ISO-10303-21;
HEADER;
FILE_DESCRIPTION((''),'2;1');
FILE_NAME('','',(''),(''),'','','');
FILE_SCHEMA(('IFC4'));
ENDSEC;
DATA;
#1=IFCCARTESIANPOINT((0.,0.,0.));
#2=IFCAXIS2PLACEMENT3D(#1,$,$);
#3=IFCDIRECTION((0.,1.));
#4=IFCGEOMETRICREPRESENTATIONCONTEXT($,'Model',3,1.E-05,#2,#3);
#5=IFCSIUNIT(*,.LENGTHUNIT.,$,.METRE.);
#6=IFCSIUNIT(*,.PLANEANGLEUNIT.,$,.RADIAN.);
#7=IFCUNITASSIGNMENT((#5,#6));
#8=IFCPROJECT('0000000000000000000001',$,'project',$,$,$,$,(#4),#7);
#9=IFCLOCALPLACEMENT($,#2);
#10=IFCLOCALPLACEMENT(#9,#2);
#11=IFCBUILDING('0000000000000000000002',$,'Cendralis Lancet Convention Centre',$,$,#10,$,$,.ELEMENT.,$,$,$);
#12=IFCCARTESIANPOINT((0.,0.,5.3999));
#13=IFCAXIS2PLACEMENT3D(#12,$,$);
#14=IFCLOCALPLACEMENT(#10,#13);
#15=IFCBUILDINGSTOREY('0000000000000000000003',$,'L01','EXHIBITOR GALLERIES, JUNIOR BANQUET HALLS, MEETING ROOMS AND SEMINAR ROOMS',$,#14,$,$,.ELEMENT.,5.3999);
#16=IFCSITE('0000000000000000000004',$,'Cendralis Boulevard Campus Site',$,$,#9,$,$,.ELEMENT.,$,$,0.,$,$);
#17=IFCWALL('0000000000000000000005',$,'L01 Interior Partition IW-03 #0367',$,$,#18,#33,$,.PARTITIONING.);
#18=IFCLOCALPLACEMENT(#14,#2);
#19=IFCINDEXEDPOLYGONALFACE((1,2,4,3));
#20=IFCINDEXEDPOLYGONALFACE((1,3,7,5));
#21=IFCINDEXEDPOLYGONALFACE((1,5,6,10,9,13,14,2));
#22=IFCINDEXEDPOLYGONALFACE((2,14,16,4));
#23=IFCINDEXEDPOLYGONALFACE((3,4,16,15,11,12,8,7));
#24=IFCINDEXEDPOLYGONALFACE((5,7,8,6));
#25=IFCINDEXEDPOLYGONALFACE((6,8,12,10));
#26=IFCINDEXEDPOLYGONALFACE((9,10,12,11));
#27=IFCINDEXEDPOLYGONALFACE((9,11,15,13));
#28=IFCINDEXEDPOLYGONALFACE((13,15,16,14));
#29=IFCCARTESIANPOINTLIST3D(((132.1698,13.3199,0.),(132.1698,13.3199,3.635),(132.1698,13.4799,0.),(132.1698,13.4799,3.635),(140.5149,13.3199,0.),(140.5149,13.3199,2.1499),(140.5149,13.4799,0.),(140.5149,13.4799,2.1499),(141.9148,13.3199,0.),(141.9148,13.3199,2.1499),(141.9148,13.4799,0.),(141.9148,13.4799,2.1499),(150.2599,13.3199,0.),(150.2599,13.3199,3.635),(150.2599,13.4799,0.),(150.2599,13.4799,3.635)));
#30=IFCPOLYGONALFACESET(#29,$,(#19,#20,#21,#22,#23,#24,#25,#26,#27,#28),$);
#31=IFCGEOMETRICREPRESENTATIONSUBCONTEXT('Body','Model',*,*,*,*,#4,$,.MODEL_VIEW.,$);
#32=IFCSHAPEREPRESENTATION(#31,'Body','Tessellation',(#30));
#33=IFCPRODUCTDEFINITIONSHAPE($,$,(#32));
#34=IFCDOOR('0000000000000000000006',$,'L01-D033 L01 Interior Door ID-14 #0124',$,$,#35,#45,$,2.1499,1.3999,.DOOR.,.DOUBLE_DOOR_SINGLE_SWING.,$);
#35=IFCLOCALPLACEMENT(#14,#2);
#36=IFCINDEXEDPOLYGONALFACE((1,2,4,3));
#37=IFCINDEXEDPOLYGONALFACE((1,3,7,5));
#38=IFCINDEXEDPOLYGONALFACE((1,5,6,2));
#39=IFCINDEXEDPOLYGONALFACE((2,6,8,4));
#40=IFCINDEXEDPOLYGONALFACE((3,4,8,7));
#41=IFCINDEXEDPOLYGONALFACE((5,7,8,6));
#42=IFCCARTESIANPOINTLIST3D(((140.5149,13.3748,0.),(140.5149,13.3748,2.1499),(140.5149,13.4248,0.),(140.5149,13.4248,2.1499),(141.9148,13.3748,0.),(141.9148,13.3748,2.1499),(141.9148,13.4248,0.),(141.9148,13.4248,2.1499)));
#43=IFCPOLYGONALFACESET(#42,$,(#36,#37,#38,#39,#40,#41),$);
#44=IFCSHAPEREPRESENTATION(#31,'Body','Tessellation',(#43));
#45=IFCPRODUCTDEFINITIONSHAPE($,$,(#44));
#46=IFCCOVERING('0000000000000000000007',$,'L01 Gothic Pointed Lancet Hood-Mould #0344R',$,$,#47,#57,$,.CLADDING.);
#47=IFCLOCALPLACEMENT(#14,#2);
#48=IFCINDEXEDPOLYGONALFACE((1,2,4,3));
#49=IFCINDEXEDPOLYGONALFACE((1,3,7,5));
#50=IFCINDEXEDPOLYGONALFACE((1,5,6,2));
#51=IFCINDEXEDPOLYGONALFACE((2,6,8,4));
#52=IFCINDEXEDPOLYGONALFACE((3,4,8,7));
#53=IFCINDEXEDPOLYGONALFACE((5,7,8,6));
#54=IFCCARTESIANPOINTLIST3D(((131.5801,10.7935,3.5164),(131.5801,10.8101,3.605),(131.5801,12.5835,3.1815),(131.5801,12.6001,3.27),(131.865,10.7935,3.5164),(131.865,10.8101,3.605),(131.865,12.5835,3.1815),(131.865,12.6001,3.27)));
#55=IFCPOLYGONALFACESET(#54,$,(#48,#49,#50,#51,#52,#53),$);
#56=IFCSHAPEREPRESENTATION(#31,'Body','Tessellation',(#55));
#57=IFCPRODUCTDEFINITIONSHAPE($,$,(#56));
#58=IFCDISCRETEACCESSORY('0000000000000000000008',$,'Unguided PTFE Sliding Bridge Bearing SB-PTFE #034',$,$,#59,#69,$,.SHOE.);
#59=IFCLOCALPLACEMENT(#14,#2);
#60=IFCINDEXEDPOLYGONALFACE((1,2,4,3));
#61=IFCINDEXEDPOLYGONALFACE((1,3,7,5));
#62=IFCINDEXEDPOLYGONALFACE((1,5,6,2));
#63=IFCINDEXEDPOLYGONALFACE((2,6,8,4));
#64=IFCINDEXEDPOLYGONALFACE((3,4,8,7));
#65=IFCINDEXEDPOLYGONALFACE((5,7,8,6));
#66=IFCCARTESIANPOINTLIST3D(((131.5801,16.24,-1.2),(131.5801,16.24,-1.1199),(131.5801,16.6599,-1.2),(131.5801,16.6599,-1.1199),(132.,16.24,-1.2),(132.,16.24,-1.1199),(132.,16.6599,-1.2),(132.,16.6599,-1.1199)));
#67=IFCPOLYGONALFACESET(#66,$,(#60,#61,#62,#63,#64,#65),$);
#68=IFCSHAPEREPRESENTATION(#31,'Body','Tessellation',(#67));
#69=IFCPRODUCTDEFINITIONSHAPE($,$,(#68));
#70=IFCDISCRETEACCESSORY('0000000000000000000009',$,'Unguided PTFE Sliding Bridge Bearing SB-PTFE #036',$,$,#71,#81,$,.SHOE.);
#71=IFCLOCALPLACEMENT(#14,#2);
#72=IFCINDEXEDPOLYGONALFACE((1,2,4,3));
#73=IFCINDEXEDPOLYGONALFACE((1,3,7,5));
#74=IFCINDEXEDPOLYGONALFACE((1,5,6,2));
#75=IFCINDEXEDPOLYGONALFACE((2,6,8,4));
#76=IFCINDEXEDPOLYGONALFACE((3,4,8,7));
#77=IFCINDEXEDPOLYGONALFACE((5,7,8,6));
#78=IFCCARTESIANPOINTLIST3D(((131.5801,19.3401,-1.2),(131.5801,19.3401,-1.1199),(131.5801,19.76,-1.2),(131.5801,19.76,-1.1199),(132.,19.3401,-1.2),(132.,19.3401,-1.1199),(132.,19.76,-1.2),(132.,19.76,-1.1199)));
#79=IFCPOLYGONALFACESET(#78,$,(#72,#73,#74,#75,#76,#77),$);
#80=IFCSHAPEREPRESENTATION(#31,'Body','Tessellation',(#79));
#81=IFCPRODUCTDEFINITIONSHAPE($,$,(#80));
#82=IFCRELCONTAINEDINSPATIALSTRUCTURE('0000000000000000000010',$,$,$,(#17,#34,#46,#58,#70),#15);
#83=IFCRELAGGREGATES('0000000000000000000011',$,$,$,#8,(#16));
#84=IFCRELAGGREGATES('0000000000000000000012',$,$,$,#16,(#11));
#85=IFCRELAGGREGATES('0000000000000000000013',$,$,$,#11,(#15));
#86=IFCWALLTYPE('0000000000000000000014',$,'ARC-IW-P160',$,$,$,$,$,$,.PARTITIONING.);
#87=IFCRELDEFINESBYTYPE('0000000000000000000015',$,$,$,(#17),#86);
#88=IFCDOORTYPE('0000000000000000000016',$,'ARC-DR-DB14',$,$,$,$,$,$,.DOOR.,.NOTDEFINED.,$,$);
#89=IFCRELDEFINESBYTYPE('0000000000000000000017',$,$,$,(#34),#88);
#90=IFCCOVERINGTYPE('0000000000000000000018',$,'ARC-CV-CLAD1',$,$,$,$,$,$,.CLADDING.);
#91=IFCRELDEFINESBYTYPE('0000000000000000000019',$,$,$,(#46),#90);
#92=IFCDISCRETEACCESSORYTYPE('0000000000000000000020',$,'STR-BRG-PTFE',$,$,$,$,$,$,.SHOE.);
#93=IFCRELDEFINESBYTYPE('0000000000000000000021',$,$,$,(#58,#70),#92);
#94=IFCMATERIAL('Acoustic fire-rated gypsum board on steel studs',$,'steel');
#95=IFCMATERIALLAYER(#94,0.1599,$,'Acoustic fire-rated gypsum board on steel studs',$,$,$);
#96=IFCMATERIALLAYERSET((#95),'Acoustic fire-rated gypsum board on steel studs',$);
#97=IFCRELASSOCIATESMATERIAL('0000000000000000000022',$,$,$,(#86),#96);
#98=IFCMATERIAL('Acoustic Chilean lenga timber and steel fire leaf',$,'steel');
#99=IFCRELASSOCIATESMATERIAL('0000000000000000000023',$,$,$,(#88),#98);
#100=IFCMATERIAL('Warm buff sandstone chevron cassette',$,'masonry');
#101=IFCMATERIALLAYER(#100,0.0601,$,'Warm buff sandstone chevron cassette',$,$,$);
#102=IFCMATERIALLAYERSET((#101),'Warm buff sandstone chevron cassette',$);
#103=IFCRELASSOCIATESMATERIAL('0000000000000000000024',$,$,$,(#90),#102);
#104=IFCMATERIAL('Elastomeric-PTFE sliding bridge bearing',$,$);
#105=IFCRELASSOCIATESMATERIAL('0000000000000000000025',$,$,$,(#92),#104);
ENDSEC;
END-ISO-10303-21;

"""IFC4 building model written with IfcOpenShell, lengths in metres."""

from ifc_helpers import new_model, si_unit, direction, frame, frame_2d, origin, origin_2d, place, context, subcontext, project, spatial, polyline, rectangle, outline, extrude, material, layer, layer_set, type_object, element, fill, save


model = new_model("IFC4")

# Units and contexts
model_context = context("Model", 3, precision=1e-05, world=origin(), true_north=direction((0.0, 1.0)))
body_context = subcontext(model_context, "Body", "Model", "MODEL_VIEW")
ifc_project = project(units=[si_unit("LENGTHUNIT", "METRE"), si_unit("PLANEANGLEUNIT", "RADIAN")], contexts=[model_context])

# Site, building, storey
site_placement = place(None, origin())
site = spatial("IfcSite", under=ifc_project, at=site_placement, Name="Cendralis Boulevard Campus Site", CompositionType="ELEMENT", RefElevation=0.0)
building_placement = place(site_placement, origin())
building = spatial("IfcBuilding", under=site, at=building_placement, Name="Cendralis Lancet Convention Centre", CompositionType="ELEMENT")
storey_placement = place(building_placement, frame((0.0, 0.0, 5.3999)))
storey = spatial("IfcBuildingStorey", under=building, at=storey_placement, Name="L01", Description="EXHIBITOR GALLERIES, JUNIOR BANQUET HALLS, MEETING ROOMS AND SEMINAR ROOMS", CompositionType="ELEMENT", Elevation=5.3999)

# Wall, opening, door
ifc_material_1 = material(Name="Acoustic fire-rated gypsum board on steel studs", Category="steel")
ifc_layer_1 = layer(ifc_material_1, 0.1599, Name="Acoustic fire-rated gypsum board on steel studs")
ifc_layer_set_1 = layer_set([ifc_layer_1], Name="Acoustic fire-rated gypsum board on steel studs")
wall_type_1 = type_object("IfcWallType", Name="ARC-IW-P160", PredefinedType="PARTITIONING", material=ifc_layer_set_1)
wall_1_placement = place(storey_placement, frame((132.1699, 13.3999, 0.0), z_axis=(0.0, 0.0, 1.0), x_axis=(1.0, 0.0, 0.0)))
wall_1 = element("IfcWall", 1, at=wall_1_placement, inside=storey, type_object=wall_type_1, Name="L01 Interior Partition IW-03 #0367", PredefinedType="PARTITIONING", context=body_context, shape_type="SweptSolid", body=[
    extrude(rectangle(XDim=18.0901, YDim=0.1599, at=frame_2d((9.0449, 0.0))), origin(), (0.0, 0.0, 1.0), 3.635),
])
opening_placement = place(wall_1_placement, frame((8.345, 0.0, 0.0)))
opening = element("IfcOpeningElement", 2, at=opening_placement, cuts=wall_1, PredefinedType="OPENING", context=body_context, shape_type="SweptSolid", body=[
    extrude(rectangle(XDim=1.3999, YDim=2.1499, at=frame_2d((0.7, 1.075))), frame((0.0, 0.0898, 0.0), z_axis=(0.0, -1.0, 0.0), x_axis=(1.0, 0.0, 0.0)), (0.0, 0.0, 1.0), 0.1799),
])
ifc_material_2 = material(Name="Acoustic Chilean lenga timber and steel fire leaf", Category="steel")
door_type = type_object("IfcDoorType", Name="ARC-DR-DB14", OperationType="NOTDEFINED", PredefinedType="DOOR", material=ifc_material_2)
door_placement = place(opening_placement, origin())
door = element("IfcDoor", 3, at=door_placement, inside=storey, type_object=door_type, Name="L01-D033 L01 Interior Door ID-14 #0124", OperationType="DOUBLE_DOOR_SINGLE_SWING", OverallHeight=2.1499, OverallWidth=1.3999, PredefinedType="DOOR", context=body_context, shape_type="SweptSolid", body=[
    extrude(rectangle(XDim=1.3999, YDim=2.1499, at=frame_2d((0.7, 1.075))), frame((0.0, 0.0249, 0.0), z_axis=(0.0, -1.0, 0.0), x_axis=(1.0, 0.0, 0.0)), (0.0, 0.0, 1.0), 0.05),
])
fill(opening, door)

# Covering
ifc_material_3 = material(Name="Warm buff sandstone chevron cassette", Category="masonry")
ifc_layer_2 = layer(ifc_material_3, 0.0601, Name="Warm buff sandstone chevron cassette")
ifc_layer_set_2 = layer_set([ifc_layer_2], Name="Warm buff sandstone chevron cassette")
covering_type = type_object("IfcCoveringType", Name="ARC-CV-CLAD1", PredefinedType="CLADDING", material=ifc_layer_set_2)
covering_placement = place(storey_placement, frame((131.5801, 10.8101, 3.605), z_axis=(0.0, 0.183932, 0.982939), x_axis=(1.0, 0.0, 0.0)))
element("IfcCovering", 4, at=covering_placement, inside=storey, type_object=covering_type, Name="L01 Gothic Pointed Lancet Hood-Mould #0344R", PredefinedType="CLADDING", context=body_context, shape_type="SweptSolid", body=[
    extrude(outline(polyline([(0.0, 0.0), (0.2849, 0.0), (0.2849, 1.8211), (0.0, 1.8211), (0.0, 0.0)])), origin(), (0.0, 0.0, -1.0), 0.0901),
])

# Discrete accessories
ifc_material_4 = material(Name="Elastomeric-PTFE sliding bridge bearing")
discrete_accessory_type = type_object("IfcDiscreteAccessoryType", Name="STR-BRG-PTFE", PredefinedType="SHOE", material=ifc_material_4)
for number, where, z_axis, x_axis, name in (
    (5, (131.79, 16.45, -1.2), (0.0, 0.0, 1.0), (1.0, 0.0, 0.0), "Unguided PTFE Sliding Bridge Bearing SB-PTFE #034"),
    (6, (131.79, 19.55, -1.2), (0.0, 0.0, 1.0), (1.0, 0.0, 0.0), "Unguided PTFE Sliding Bridge Bearing SB-PTFE #036"),
):
    element("IfcDiscreteAccessory", number, at=place(storey_placement, frame(where, z_axis=z_axis, x_axis=x_axis)), inside=storey, type_object=discrete_accessory_type, Name=name, PredefinedType="SHOE", context=body_context, shape_type="SweptSolid", body=[
        extrude(rectangle(XDim=0.4199, YDim=0.4199, at=origin_2d()), origin(), (0.0, 0.0, 1.0), 0.0801),
    ])

save(model, "model.ifc")
